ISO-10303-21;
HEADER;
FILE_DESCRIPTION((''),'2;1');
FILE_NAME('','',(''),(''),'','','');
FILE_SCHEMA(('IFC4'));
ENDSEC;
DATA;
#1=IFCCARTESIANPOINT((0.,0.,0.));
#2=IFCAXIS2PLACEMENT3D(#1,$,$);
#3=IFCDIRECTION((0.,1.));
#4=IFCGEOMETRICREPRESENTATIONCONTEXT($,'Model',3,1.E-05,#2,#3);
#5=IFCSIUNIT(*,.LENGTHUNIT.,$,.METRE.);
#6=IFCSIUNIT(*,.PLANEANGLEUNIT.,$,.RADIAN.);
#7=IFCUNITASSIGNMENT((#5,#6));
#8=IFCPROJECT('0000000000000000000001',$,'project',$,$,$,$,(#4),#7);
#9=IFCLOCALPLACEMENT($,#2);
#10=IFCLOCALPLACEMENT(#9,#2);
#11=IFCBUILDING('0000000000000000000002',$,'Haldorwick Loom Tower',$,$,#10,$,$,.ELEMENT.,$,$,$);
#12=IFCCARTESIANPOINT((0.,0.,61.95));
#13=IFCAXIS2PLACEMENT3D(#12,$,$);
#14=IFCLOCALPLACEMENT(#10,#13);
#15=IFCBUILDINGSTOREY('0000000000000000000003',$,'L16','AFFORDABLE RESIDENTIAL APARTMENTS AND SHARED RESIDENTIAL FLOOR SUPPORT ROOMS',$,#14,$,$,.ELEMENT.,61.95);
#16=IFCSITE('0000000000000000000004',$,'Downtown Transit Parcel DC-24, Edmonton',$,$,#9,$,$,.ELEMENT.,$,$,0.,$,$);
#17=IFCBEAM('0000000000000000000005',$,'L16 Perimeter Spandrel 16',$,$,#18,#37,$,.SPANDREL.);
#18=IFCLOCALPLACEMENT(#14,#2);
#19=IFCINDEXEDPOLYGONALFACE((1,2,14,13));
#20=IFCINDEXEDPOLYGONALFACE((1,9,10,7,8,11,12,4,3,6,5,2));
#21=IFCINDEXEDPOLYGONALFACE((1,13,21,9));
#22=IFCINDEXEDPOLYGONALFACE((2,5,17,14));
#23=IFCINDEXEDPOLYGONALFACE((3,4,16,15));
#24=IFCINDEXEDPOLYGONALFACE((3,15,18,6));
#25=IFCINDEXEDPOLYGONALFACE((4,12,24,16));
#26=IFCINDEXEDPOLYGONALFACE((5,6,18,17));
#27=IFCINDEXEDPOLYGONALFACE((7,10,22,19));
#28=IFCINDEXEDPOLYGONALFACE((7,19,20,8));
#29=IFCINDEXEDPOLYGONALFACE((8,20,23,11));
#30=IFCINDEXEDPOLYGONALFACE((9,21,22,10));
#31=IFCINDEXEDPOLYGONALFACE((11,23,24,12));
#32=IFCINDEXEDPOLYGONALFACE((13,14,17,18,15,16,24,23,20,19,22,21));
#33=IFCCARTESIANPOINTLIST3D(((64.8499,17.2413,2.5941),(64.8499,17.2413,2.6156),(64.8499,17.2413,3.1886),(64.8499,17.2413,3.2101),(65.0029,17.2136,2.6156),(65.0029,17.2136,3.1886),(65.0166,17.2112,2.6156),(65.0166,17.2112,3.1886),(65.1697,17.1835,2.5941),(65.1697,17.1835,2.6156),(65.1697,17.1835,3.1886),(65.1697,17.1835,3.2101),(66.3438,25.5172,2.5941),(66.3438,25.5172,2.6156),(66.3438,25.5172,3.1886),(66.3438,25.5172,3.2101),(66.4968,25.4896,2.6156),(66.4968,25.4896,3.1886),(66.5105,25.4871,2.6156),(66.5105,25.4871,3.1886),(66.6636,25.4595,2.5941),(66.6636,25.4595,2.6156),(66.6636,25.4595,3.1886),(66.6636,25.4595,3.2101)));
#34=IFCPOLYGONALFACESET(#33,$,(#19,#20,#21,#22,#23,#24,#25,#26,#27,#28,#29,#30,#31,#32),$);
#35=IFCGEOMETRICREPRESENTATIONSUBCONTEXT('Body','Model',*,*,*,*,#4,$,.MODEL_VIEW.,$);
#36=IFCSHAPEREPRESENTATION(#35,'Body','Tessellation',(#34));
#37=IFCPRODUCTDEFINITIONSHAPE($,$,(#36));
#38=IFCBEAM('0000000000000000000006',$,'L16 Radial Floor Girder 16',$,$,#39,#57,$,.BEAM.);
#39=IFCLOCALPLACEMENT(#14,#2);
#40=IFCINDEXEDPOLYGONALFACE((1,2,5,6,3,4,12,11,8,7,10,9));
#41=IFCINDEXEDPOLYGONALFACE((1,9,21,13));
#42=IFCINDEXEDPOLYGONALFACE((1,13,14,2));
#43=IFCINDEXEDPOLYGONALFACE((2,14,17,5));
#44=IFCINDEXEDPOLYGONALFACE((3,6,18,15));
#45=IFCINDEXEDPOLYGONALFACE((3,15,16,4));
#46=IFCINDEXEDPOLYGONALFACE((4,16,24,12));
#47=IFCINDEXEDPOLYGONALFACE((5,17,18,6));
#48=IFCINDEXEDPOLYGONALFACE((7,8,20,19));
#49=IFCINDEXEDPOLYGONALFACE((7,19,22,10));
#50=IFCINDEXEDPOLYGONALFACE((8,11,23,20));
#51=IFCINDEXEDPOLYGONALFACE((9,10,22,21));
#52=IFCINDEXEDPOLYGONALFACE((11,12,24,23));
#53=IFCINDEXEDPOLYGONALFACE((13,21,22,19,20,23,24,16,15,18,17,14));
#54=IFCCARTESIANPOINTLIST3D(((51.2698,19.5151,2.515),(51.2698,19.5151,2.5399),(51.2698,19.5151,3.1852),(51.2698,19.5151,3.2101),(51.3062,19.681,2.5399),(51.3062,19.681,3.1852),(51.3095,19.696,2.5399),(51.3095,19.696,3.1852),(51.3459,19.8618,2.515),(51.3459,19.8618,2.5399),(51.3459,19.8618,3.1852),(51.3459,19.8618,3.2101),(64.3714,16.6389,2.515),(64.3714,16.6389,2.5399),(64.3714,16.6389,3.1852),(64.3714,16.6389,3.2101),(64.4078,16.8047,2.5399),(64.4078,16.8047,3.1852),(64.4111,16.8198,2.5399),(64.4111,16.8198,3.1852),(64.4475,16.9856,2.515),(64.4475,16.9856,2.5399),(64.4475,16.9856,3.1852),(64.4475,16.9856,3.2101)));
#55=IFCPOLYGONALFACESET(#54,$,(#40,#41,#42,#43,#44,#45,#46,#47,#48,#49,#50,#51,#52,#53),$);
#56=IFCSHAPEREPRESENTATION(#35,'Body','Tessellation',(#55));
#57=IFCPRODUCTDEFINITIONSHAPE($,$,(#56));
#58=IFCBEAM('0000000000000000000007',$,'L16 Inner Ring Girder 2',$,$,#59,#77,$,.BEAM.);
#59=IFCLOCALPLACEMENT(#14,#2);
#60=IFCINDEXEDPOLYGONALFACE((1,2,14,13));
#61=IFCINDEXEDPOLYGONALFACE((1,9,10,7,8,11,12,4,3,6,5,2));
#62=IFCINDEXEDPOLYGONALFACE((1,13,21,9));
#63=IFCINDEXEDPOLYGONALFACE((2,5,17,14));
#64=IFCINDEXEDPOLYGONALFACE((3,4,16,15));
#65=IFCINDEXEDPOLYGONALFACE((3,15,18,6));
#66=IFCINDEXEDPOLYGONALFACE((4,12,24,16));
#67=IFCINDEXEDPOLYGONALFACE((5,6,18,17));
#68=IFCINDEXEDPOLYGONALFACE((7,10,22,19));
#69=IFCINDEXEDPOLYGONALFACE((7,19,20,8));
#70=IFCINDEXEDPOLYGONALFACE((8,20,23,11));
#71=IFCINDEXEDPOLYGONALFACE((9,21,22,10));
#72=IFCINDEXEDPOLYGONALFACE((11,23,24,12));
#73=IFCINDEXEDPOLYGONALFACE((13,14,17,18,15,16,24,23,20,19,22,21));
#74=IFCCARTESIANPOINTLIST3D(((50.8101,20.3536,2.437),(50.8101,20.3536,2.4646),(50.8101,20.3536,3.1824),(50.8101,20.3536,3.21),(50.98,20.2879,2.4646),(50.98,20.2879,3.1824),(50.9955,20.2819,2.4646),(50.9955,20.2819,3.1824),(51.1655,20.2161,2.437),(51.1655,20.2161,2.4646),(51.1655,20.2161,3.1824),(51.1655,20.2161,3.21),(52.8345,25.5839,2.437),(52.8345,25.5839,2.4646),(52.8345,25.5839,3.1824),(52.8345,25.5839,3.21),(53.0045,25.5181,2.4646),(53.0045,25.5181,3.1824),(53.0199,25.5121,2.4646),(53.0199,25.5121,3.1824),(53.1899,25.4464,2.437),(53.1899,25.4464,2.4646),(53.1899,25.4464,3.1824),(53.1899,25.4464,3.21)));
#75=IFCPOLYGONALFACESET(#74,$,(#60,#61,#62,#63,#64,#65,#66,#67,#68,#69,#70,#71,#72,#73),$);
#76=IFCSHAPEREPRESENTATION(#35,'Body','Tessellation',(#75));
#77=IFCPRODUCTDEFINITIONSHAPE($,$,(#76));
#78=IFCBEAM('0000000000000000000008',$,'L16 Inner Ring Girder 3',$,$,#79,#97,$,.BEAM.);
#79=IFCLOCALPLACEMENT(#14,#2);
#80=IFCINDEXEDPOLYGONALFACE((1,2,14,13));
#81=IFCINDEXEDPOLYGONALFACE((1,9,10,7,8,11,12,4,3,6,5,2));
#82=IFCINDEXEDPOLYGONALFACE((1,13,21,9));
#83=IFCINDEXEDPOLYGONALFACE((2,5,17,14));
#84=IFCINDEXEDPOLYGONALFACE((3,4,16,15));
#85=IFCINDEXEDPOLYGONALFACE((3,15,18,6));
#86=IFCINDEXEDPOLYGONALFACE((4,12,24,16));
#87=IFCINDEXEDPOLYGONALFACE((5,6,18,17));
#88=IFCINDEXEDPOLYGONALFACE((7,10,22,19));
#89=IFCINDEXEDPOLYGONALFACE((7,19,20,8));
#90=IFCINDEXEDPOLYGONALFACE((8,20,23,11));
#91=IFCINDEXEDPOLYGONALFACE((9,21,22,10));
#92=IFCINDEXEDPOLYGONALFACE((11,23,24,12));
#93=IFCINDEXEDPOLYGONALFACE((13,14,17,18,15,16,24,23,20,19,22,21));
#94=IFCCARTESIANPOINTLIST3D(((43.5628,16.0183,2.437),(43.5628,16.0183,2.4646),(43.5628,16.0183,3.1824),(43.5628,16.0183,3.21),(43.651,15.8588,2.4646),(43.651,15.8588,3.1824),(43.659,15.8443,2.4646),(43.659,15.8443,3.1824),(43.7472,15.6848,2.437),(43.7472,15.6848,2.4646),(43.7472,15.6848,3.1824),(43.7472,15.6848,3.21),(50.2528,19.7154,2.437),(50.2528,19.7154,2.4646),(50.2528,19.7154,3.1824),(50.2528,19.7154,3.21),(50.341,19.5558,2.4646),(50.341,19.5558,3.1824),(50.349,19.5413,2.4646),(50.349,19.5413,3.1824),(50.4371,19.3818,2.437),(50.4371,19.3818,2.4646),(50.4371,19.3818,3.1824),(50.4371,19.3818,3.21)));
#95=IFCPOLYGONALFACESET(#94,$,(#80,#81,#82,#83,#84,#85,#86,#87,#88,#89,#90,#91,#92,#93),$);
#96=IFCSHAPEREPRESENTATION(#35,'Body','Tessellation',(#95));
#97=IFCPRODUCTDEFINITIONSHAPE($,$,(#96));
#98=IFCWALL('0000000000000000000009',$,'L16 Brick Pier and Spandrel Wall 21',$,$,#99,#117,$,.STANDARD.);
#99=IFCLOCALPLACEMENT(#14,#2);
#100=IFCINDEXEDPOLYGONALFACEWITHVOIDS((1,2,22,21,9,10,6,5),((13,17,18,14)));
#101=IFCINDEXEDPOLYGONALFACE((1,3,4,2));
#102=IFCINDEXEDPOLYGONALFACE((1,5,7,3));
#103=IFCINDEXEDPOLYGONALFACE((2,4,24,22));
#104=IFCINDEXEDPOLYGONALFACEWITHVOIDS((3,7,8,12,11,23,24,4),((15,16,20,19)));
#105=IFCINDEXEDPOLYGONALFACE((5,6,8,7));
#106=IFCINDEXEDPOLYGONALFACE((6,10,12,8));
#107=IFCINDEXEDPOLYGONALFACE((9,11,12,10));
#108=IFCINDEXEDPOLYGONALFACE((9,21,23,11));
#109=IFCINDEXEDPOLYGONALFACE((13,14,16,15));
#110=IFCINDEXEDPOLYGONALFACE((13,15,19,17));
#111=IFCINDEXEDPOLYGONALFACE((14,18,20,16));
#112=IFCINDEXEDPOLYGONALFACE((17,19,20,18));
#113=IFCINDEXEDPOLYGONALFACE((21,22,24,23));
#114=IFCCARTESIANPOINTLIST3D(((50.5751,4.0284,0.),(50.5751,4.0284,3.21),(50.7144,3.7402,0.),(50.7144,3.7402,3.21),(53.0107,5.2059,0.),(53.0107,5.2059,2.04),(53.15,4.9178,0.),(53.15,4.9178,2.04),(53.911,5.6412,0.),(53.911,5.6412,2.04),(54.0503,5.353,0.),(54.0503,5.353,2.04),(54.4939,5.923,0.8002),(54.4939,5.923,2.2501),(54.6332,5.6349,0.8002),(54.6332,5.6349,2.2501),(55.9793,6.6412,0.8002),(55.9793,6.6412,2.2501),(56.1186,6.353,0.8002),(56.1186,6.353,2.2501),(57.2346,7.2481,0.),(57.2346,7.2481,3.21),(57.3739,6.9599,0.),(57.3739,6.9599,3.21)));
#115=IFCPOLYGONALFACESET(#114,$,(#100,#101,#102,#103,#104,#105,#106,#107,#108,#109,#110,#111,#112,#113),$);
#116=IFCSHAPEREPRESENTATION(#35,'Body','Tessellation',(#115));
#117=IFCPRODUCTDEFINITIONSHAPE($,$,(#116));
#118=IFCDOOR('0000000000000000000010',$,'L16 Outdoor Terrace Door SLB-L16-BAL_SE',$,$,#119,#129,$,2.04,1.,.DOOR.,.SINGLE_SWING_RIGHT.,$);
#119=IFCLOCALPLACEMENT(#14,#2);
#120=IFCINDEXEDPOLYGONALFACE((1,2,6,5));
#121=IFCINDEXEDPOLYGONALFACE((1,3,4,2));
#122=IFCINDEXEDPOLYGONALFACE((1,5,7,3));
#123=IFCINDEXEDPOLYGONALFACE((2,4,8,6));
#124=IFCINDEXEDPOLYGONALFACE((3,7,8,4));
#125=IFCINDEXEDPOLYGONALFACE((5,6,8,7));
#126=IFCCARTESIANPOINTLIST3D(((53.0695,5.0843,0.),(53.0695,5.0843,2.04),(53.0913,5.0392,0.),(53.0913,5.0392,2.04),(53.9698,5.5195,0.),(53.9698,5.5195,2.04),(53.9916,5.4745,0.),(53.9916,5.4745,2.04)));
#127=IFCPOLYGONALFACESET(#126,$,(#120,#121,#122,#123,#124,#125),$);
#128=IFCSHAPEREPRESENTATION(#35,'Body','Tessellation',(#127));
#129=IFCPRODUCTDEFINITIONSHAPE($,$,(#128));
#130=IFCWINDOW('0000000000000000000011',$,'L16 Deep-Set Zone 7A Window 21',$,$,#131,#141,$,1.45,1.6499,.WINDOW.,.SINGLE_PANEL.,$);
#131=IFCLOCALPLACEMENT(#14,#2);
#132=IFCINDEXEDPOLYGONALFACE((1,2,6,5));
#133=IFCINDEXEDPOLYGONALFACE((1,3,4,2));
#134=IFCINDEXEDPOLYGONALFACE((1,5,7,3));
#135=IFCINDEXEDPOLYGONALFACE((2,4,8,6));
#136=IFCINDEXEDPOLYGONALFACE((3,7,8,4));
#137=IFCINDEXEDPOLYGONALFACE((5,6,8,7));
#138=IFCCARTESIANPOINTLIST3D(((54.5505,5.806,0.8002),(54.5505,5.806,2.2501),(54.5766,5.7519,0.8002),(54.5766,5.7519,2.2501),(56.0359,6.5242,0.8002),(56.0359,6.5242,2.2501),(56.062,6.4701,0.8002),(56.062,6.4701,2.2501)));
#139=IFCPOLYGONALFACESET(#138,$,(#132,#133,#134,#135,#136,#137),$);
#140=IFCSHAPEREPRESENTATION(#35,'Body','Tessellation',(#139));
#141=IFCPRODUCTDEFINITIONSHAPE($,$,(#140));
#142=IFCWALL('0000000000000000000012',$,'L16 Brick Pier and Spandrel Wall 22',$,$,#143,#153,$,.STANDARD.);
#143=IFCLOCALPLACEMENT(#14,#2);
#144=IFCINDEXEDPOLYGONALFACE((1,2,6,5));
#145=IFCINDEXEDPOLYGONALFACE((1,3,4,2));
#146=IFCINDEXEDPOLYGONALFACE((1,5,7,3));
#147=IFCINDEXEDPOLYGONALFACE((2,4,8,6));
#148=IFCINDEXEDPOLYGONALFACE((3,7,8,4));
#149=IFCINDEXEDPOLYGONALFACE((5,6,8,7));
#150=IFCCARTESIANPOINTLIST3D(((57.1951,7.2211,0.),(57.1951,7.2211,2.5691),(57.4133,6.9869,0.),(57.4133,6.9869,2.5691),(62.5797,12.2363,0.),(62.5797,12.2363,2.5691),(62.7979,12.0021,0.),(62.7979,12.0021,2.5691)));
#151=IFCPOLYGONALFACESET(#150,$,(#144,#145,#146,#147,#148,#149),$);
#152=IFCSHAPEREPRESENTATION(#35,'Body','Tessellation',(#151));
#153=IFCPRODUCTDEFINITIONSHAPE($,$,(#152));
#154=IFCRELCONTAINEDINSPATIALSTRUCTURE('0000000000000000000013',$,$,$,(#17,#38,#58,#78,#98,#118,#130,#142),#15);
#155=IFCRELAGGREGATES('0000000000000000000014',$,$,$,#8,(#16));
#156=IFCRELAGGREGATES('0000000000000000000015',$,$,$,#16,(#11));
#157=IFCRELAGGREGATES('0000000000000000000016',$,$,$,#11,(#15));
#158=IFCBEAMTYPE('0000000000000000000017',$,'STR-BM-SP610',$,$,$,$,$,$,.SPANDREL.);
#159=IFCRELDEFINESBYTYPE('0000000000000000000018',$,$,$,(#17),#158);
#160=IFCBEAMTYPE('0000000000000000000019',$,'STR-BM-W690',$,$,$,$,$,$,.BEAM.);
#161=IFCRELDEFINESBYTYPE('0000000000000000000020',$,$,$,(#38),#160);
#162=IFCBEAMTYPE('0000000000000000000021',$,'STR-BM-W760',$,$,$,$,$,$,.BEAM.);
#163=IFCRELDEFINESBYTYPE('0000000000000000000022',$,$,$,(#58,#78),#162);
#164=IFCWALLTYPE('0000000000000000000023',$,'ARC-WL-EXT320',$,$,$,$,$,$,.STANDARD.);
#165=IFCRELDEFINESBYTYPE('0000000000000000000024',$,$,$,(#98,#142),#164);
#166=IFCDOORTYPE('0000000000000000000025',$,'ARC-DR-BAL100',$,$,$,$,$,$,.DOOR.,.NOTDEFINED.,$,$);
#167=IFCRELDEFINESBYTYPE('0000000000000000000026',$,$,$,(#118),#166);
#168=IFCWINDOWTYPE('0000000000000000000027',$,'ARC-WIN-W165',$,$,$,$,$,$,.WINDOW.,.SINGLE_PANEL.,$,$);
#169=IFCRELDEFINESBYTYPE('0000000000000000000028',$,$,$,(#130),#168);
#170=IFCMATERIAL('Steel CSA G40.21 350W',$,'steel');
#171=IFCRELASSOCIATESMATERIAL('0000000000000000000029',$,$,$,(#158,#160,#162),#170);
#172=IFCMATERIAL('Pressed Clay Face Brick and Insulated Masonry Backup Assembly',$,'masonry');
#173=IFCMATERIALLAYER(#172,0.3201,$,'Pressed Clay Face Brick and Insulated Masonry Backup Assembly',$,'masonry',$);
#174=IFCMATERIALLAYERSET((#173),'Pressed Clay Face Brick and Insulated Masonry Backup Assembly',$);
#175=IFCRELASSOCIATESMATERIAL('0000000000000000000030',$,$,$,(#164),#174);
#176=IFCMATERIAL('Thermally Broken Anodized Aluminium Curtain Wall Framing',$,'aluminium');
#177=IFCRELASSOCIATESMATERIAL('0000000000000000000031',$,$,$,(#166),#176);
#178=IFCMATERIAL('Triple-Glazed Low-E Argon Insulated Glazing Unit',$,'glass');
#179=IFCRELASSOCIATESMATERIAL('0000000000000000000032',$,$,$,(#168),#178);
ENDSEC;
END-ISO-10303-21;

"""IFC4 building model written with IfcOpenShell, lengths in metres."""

from ifc_helpers import new_model, si_unit, direction, frame, frame_2d, origin, origin_2d, place, context, subcontext, project, spatial, rectangle, i_section, extrude, material, layer, layer_set, material_profile, profile_set, type_object, element, fill, save


model = new_model("IFC4")

# Units and contexts
model_context = context("Model", 3, precision=1e-05, world=origin(), true_north=direction((0.0, 1.0)))
body_context = subcontext(model_context, "Body", "Model", "MODEL_VIEW")
ifc_project = project(units=[si_unit("LENGTHUNIT", "METRE"), si_unit("PLANEANGLEUNIT", "RADIAN")], contexts=[model_context])

# Site, building, storey
site_placement = place(None, origin())
site = spatial("IfcSite", under=ifc_project, at=site_placement, Name="Downtown Transit Parcel DC-24, Edmonton", CompositionType="ELEMENT", RefElevation=0.0)
building_placement = place(site_placement, origin())
building = spatial("IfcBuilding", under=site, at=building_placement, Name="Haldorwick Loom Tower", CompositionType="ELEMENT")
storey_placement = place(building_placement, frame((0.0, 0.0, 61.95)))
storey = spatial("IfcBuildingStorey", under=building, at=storey_placement, Name="L16", Description="AFFORDABLE RESIDENTIAL APARTMENTS AND SHARED RESIDENTIAL FLOOR SUPPORT ROOMS", CompositionType="ELEMENT", Elevation=61.95)

# Beams
ifc_material_1 = material(Name="Steel CSA G40.21 350W", Category="steel")
ifc_material_profile_1 = material_profile(ifc_material_1, i_section(OverallWidth=0.325, OverallDepth=0.616, WebThickness=0.0139, FlangeThickness=0.0215, at=origin_2d()), Name="W610X174", Category="steel")
ifc_profile_set_1 = profile_set([ifc_material_profile_1], Name="Steel CSA G40.21 350W")
beam_type_1 = type_object("IfcBeamType", Name="STR-BM-SP610", PredefinedType="SPANDREL", material=ifc_profile_set_1)
beam_1_placement = place(storey_placement, frame((65.0098, 17.2124, 2.9021), z_axis=(0.177641, 0.984095, 0.0), x_axis=(-0.984095, 0.177641, 0.0)))
element("IfcBeam", 1, at=beam_1_placement, inside=storey, type_object=beam_type_1, Name="L16 Perimeter Spandrel 16", PredefinedType="SPANDREL", context=body_context, shape_type="SweptSolid", body=[
    extrude(i_section(OverallWidth=0.325, OverallDepth=0.616, WebThickness=0.0139, FlangeThickness=0.0215, at=origin_2d()), origin(), (0.0, 0.0, 1.0), 8.4097),
])
ifc_material_profile_2 = material_profile(ifc_material_1, i_section(OverallWidth=0.355, OverallDepth=0.6951, WebThickness=0.0154, FlangeThickness=0.0249, at=origin_2d()), Name="W690X217", Category="steel")
ifc_profile_set_2 = profile_set([ifc_material_profile_2], Name="Steel CSA G40.21 350W")
beam_type_2 = type_object("IfcBeamType", Name="STR-BM-W690", PredefinedType="BEAM", material=ifc_profile_set_2)
beam_2_placement = place(storey_placement, frame((51.3079, 19.6885, 2.8625), z_axis=(0.97674, -0.214426, 0.0), x_axis=(0.214426, 0.97674, 0.0)))
element("IfcBeam", 2, at=beam_2_placement, inside=storey, type_object=beam_type_2, Name="L16 Radial Floor Girder 16", PredefinedType="BEAM", context=body_context, shape_type="SweptSolid", body=[
    extrude(i_section(OverallWidth=0.355, OverallDepth=0.6951, WebThickness=0.0154, FlangeThickness=0.0249, at=origin_2d()), origin(), (0.0, 0.0, 1.0), 13.4136),
])
ifc_material_profile_3 = material_profile(ifc_material_1, i_section(OverallWidth=0.3811, OverallDepth=0.7729, WebThickness=0.0166, FlangeThickness=0.0276, at=origin_2d()), Name="W760X257", Category="steel")
ifc_profile_set_3 = profile_set([ifc_material_profile_3], Name="Steel CSA G40.21 350W")
beam_type_3 = type_object("IfcBeamType", Name="STR-BM-W760", PredefinedType="BEAM", material=ifc_profile_set_3)
beam_3_placement = place(storey_placement, frame((53.0122, 25.5151, 2.8235), z_axis=(-0.360965, -0.932579, 0.0), x_axis=(0.932579, -0.360965, 0.0)))
element("IfcBeam", 3, at=beam_3_placement, inside=storey, type_object=beam_type_3, Name="L16 Inner Ring Girder 2", PredefinedType="BEAM", context=body_context, shape_type="SweptSolid", body=[
    extrude(i_section(OverallWidth=0.3811, OverallDepth=0.7729, WebThickness=0.0166, FlangeThickness=0.0276, at=origin_2d()), origin(), (0.0, 0.0, 1.0), 5.6084),
])
beam_4_placement = place(storey_placement, frame((50.345, 19.5486, 2.8235), z_axis=(-0.875244, -0.483681, 0.0), x_axis=(0.483681, -0.875244, 0.0)))
element("IfcBeam", 4, at=beam_4_placement, inside=storey, type_object=beam_type_3, Name="L16 Inner Ring Girder 3", PredefinedType="BEAM", context=body_context, shape_type="SweptSolid", body=[
    extrude(i_section(OverallWidth=0.3811, OverallDepth=0.7729, WebThickness=0.0166, FlangeThickness=0.0276, at=origin_2d()), origin(), (0.0, 0.0, 1.0), 7.6436),
])

# Wall, openings, door, window
ifc_material_2 = material(Name="Pressed Clay Face Brick and Insulated Masonry Backup Assembly", Category="masonry")
ifc_layer_1 = layer(ifc_material_2, 0.3201, Name="Pressed Clay Face Brick and Insulated Masonry Backup Assembly", Category="masonry")
ifc_layer_set_1 = layer_set([ifc_layer_1], Name="Pressed Clay Face Brick and Insulated Masonry Backup Assembly")
wall_type_1 = type_object("IfcWallType", Name="ARC-WL-EXT320", PredefinedType="STANDARD", material=ifc_layer_set_1)
wall_1_placement = place(storey_placement, frame((50.6448, 3.8843, 0.0), z_axis=(0.0, 0.0, 1.0), x_axis=(0.900296, 0.435279, 0.0)))
wall_1 = element("IfcWall", 5, at=wall_1_placement, inside=storey, type_object=wall_type_1, Name="L16 Brick Pier and Spandrel Wall 21", PredefinedType="STANDARD", context=body_context, shape_type="SweptSolid", body=[
    extrude(rectangle(XDim=7.397, YDim=0.3201, at=frame_2d((3.6985, 0.0))), origin(), (0.0, 0.0, 1.0), 3.21),
])
opening_1_placement = place(wall_1_placement, frame((2.7053, 0.0, 0.0)))
opening_1 = element("IfcOpeningElement", 6, at=opening_1_placement, cuts=wall_1, PredefinedType="OPENING", context=body_context, shape_type="SweptSolid", body=[
    extrude(rectangle(XDim=1.0, YDim=2.04, at=frame_2d((0.5, 1.02))), frame((0.0, 0.1699, 0.0), z_axis=(0.0, -1.0, 0.0), x_axis=(1.0, 0.0, 0.0)), (0.0, 0.0, 1.0), 0.3401),
])
opening_2_placement = place(wall_1_placement, frame((4.3528, 0.0, 0.8)))
opening_2 = element("IfcOpeningElement", 7, at=opening_2_placement, cuts=wall_1, PredefinedType="OPENING", context=body_context, shape_type="SweptSolid", body=[
    extrude(rectangle(XDim=1.6499, YDim=1.45, at=frame_2d((0.825, 0.7251))), frame((0.0, 0.1699, 0.0), z_axis=(0.0, -1.0, 0.0), x_axis=(1.0, 0.0, 0.0)), (0.0, 0.0, 1.0), 0.3401),
])
ifc_material_3 = material(Name="Thermally Broken Anodized Aluminium Curtain Wall Framing", Category="aluminium")
door_type_1 = type_object("IfcDoorType", Name="ARC-DR-BAL100", OperationType="NOTDEFINED", PredefinedType="DOOR", material=ifc_material_3)
door_1_placement = place(opening_1_placement, origin())
door_1 = element("IfcDoor", 8, at=door_1_placement, inside=storey, type_object=door_type_1, Name="L16 Outdoor Terrace Door SLB-L16-BAL_SE", OperationType="SINGLE_SWING_RIGHT", OverallHeight=2.04, OverallWidth=1.0, PredefinedType="DOOR", context=body_context, shape_type="SweptSolid", body=[
    extrude(rectangle(XDim=1.0, YDim=2.04, at=frame_2d((0.5, 1.02))), frame((0.0, 0.0249, 0.0), z_axis=(0.0, -1.0, 0.0), x_axis=(1.0, 0.0, 0.0)), (0.0, 0.0, 1.0), 0.05),
])
fill(opening_1, door_1)
ifc_material_4 = material(Name="Triple-Glazed Low-E Argon Insulated Glazing Unit", Category="glass")
window_type = type_object("IfcWindowType", Name="ARC-WIN-W165", PartitioningType="SINGLE_PANEL", PredefinedType="WINDOW", material=ifc_material_4)
window_1_placement = place(opening_2_placement, origin())
window_1 = element("IfcWindow", 9, at=window_1_placement, inside=storey, type_object=window_type, Name="L16 Deep-Set Zone 7A Window 21", OverallHeight=1.45, OverallWidth=1.6499, PartitioningType="SINGLE_PANEL", PredefinedType="WINDOW", context=body_context, shape_type="SweptSolid", body=[
    extrude(rectangle(XDim=1.6499, YDim=1.45, at=frame_2d((0.825, 0.7251))), frame((0.0, 0.03, 0.0), z_axis=(0.0, -1.0, 0.0), x_axis=(1.0, 0.0, 0.0)), (0.0, 0.0, 1.0), 0.0601),
])
fill(opening_2, window_1)

# Wall
wall_2_placement = place(storey_placement, frame((57.3042, 7.104, 0.0), z_axis=(0.0, 0.0, 1.0), x_axis=(0.731761, 0.681561, 0.0)))
element("IfcWall", 10, at=wall_2_placement, inside=storey, type_object=wall_type_1, Name="L16 Brick Pier and Spandrel Wall 22", PredefinedType="STANDARD", context=body_context, shape_type="SweptSolid", body=[
    extrude(rectangle(XDim=7.3584, YDim=0.3201, at=frame_2d((3.6792, 0.0))), origin(), (0.0, 0.0, 1.0), 2.5691),
])

save(model, "model.ifc")
